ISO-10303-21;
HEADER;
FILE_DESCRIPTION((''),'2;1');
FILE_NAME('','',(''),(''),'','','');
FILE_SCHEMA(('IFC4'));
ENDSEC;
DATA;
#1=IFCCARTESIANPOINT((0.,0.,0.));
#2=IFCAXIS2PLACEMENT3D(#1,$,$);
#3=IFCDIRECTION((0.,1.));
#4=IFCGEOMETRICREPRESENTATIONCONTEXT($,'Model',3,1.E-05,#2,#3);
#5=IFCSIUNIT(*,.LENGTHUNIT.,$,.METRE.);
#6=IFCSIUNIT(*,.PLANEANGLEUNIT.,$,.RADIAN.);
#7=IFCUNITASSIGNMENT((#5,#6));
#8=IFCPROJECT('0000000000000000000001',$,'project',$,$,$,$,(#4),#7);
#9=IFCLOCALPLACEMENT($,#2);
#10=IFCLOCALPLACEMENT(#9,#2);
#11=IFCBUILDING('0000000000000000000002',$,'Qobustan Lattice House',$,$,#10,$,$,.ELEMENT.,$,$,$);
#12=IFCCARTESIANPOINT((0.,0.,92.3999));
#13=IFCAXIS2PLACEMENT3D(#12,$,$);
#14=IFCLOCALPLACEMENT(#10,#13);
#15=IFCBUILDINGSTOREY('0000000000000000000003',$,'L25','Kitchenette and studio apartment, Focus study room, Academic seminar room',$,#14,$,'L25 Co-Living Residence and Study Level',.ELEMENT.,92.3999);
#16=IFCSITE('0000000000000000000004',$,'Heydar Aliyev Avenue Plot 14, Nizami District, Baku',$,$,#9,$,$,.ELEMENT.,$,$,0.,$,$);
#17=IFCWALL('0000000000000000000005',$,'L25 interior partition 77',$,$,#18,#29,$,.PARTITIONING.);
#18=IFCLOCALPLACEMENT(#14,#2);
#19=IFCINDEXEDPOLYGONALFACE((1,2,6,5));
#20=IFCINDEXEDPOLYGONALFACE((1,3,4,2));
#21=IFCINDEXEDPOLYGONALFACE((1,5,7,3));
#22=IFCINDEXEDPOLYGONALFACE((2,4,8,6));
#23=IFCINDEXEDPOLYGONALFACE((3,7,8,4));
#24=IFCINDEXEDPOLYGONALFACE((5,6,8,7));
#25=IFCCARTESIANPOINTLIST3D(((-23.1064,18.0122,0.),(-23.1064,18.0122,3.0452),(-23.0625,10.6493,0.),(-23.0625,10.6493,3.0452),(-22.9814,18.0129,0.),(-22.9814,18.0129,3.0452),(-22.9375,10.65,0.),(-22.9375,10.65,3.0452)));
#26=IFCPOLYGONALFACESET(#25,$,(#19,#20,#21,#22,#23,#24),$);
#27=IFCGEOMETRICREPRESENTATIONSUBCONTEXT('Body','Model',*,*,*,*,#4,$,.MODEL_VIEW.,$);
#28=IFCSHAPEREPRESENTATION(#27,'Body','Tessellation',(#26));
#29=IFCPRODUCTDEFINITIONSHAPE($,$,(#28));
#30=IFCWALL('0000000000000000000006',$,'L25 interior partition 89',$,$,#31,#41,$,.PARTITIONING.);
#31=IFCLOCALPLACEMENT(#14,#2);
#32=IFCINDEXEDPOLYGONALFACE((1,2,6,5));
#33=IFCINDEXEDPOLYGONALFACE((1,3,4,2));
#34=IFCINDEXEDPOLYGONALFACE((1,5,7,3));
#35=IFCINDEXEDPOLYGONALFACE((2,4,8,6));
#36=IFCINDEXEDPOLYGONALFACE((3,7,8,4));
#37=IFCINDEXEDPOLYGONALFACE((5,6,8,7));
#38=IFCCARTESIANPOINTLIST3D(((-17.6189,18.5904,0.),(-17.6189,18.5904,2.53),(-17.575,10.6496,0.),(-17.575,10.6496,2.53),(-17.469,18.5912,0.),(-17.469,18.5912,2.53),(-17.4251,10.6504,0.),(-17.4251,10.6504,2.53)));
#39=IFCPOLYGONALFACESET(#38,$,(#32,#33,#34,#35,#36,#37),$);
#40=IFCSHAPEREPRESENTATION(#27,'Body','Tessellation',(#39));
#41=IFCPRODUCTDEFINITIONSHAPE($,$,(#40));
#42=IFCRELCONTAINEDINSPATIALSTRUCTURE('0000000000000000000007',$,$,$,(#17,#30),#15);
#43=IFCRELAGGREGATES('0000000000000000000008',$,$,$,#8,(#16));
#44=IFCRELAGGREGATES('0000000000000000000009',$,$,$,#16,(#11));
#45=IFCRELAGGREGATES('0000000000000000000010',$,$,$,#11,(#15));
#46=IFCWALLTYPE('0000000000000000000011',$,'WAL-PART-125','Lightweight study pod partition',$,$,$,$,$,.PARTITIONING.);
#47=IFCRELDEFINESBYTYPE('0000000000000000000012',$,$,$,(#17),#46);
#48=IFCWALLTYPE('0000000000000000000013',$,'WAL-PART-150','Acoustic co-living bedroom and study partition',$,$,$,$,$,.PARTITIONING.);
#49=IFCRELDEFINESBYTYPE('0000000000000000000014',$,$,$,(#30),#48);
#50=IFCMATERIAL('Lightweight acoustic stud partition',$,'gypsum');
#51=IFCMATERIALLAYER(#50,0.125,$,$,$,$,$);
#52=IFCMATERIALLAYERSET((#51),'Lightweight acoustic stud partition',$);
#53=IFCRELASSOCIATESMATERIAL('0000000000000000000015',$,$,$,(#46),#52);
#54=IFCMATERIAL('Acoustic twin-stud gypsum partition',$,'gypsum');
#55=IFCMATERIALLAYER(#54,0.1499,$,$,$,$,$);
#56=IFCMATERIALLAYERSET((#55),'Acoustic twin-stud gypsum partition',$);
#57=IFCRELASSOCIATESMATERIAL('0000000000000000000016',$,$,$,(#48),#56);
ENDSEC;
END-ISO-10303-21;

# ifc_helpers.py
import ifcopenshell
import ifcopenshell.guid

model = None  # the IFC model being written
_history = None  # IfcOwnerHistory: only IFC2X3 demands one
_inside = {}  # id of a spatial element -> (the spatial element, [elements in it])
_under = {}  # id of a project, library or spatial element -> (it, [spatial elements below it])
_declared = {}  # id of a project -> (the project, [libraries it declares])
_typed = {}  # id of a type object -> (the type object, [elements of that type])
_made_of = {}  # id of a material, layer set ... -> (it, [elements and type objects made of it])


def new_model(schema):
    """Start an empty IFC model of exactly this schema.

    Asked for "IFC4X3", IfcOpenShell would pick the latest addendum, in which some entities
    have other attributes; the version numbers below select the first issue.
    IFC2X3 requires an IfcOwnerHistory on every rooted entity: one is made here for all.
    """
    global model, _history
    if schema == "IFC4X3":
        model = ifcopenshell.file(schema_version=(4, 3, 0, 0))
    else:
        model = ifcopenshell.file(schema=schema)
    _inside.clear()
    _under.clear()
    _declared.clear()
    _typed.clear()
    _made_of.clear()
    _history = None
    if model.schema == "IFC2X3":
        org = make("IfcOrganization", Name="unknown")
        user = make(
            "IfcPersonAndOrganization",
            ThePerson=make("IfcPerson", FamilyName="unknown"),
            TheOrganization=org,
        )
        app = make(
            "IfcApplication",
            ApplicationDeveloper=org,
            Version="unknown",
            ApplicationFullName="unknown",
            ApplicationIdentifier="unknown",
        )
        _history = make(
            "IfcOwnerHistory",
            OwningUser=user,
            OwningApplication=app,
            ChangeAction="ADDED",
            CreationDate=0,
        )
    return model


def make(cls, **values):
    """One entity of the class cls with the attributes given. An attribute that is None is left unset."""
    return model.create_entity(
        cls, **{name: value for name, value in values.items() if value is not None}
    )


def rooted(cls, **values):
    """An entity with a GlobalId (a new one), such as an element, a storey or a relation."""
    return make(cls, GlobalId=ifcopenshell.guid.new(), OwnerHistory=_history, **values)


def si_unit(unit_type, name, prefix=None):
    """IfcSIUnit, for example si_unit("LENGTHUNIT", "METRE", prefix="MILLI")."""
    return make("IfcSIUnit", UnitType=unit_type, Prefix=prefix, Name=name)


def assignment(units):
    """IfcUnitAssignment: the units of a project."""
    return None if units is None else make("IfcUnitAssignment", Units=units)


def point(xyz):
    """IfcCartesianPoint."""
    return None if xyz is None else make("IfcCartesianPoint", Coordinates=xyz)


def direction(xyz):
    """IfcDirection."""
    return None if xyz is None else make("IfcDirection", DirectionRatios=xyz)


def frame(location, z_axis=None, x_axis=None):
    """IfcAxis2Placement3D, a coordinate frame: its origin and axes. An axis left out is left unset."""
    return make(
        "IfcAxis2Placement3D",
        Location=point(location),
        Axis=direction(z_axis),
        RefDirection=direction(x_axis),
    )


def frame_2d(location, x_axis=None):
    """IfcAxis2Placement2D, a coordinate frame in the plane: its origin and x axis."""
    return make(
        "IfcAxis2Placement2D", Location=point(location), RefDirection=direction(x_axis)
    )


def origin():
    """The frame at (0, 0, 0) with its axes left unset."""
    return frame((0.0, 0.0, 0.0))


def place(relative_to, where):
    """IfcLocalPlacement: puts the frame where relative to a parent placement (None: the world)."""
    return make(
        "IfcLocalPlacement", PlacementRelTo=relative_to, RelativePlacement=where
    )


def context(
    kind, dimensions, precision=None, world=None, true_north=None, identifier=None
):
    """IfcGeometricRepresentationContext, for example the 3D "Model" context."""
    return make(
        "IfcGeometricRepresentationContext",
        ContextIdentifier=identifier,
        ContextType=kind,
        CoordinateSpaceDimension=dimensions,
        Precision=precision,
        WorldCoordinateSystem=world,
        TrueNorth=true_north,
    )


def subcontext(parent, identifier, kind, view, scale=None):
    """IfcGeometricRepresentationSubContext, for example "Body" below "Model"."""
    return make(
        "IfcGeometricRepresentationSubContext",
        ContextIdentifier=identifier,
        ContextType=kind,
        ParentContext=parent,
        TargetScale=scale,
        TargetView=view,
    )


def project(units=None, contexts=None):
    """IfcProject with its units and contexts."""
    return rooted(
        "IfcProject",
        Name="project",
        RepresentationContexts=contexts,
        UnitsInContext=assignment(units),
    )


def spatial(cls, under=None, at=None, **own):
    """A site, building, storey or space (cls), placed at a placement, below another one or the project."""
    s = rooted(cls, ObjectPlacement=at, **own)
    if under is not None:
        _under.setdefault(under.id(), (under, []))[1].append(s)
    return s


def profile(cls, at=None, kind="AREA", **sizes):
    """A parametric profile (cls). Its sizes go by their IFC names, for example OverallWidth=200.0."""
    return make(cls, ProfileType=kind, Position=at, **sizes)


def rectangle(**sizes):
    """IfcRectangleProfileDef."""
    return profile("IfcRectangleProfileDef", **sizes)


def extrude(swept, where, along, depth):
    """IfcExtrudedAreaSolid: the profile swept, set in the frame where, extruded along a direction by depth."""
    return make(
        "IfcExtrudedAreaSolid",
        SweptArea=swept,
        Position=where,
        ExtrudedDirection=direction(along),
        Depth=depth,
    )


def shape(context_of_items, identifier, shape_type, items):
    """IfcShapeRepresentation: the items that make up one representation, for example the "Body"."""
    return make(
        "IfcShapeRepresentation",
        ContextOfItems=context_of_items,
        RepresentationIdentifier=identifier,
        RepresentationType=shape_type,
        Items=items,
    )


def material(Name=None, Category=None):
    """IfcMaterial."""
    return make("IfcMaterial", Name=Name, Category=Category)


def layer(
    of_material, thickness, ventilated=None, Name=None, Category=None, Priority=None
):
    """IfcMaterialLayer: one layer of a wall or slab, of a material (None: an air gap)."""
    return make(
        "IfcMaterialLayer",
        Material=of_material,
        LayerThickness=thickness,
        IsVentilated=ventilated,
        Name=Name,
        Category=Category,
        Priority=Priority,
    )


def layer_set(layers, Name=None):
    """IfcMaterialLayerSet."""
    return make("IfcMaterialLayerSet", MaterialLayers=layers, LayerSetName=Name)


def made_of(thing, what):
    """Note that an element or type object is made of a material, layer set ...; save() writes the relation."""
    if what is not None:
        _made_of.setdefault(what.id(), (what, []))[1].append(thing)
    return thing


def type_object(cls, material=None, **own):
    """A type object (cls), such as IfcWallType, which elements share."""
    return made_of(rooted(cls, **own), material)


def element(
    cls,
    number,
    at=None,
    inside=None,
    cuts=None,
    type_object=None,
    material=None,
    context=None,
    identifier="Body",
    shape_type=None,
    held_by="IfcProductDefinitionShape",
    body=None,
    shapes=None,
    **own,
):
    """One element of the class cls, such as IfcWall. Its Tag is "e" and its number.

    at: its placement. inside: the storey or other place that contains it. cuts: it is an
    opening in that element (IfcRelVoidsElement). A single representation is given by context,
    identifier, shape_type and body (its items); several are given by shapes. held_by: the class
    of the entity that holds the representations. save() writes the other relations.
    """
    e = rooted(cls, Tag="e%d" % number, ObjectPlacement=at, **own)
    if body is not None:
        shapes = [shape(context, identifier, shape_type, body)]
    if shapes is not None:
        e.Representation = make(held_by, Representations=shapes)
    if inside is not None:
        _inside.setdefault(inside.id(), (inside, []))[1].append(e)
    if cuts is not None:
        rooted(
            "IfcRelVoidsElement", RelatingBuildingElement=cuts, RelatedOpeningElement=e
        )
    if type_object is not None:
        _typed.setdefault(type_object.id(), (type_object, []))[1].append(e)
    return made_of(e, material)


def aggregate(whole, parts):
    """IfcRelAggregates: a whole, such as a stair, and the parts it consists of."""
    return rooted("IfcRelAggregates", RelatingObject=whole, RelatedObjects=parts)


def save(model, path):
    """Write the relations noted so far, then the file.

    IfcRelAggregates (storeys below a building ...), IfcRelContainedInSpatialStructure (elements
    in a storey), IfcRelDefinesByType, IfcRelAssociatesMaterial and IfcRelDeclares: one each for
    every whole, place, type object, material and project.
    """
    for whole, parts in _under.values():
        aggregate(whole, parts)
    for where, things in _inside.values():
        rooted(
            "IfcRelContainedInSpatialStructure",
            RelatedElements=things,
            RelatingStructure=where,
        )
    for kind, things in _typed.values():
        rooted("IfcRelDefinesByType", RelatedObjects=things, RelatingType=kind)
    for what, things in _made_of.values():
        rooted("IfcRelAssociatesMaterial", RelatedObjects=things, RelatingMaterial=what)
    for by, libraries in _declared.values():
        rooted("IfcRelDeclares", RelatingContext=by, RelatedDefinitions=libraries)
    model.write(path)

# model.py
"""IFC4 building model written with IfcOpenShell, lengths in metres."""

from ifc_helpers import new_model, si_unit, direction, frame, frame_2d, origin, place, context, subcontext, project, spatial, rectangle, extrude, material, layer, layer_set, type_object, element, save


model = new_model("IFC4")

# Units and contexts
model_context = context("Model", 3, precision=1e-05, world=origin(), true_north=direction((0.0, 1.0)))
body_context = subcontext(model_context, "Body", "Model", "MODEL_VIEW")
ifc_project = project(units=[si_unit("LENGTHUNIT", "METRE"), si_unit("PLANEANGLEUNIT", "RADIAN")], contexts=[model_context])

# Site, building, storey
site_placement = place(None, origin())
site = spatial("IfcSite", under=ifc_project, at=site_placement, Name="Heydar Aliyev Avenue Plot 14, Nizami District, Baku", CompositionType="ELEMENT", RefElevation=0.0)
building_placement = place(site_placement, origin())
building = spatial("IfcBuilding", under=site, at=building_placement, Name="Qobustan Lattice House", CompositionType="ELEMENT")
storey_placement = place(building_placement, frame((0.0, 0.0, 92.3999)))
storey = spatial("IfcBuildingStorey", under=building, at=storey_placement, Name="L25", Description="Kitchenette and studio apartment, Focus study room, Academic seminar room", LongName="L25 Co-Living Residence and Study Level", CompositionType="ELEMENT", Elevation=92.3999)

# Walls
ifc_material_1 = material(Name="Lightweight acoustic stud partition", Category="gypsum")
ifc_layer_1 = layer(ifc_material_1, 0.125)
ifc_layer_set_1 = layer_set([ifc_layer_1], Name="Lightweight acoustic stud partition")
wall_type_1 = type_object("IfcWallType", Name="WAL-PART-125", Description="Lightweight study pod partition", PredefinedType="PARTITIONING", material=ifc_layer_set_1)
wall_1_placement = place(storey_placement, frame((-23.0439, 18.0127, 0.0), z_axis=(0.0, 0.0, 1.0), x_axis=(0.005968, -0.999982, 0.0)))
element("IfcWall", 1, at=wall_1_placement, inside=storey, type_object=wall_type_1, Name="L25 interior partition 77", PredefinedType="PARTITIONING", context=body_context, shape_type="SweptSolid", body=[
    extrude(rectangle(XDim=7.363, YDim=0.125, at=frame_2d((3.6816, 0.0))), origin(), (0.0, 0.0, 1.0), 3.0452),
])
ifc_material_2 = material(Name="Acoustic twin-stud gypsum partition", Category="gypsum")
ifc_layer_2 = layer(ifc_material_2, 0.1499)
ifc_layer_set_2 = layer_set([ifc_layer_2], Name="Acoustic twin-stud gypsum partition")
wall_type_2 = type_object("IfcWallType", Name="WAL-PART-150", Description="Acoustic co-living bedroom and study partition", PredefinedType="PARTITIONING", material=ifc_layer_set_2)
wall_2_placement = place(storey_placement, frame((-17.5439, 18.5908, 0.0), z_axis=(0.0, 0.0, 1.0), x_axis=(0.005534, -0.999985, 0.0)))
element("IfcWall", 2, at=wall_2_placement, inside=storey, type_object=wall_type_2, Name="L25 interior partition 89", PredefinedType="PARTITIONING", context=body_context, shape_type="SweptSolid", body=[
    extrude(rectangle(XDim=7.9409, YDim=0.1499, at=frame_2d((3.9705, 0.0))), origin(), (0.0, 0.0, 1.0), 2.53),
])

save(model, "model.ifc")
